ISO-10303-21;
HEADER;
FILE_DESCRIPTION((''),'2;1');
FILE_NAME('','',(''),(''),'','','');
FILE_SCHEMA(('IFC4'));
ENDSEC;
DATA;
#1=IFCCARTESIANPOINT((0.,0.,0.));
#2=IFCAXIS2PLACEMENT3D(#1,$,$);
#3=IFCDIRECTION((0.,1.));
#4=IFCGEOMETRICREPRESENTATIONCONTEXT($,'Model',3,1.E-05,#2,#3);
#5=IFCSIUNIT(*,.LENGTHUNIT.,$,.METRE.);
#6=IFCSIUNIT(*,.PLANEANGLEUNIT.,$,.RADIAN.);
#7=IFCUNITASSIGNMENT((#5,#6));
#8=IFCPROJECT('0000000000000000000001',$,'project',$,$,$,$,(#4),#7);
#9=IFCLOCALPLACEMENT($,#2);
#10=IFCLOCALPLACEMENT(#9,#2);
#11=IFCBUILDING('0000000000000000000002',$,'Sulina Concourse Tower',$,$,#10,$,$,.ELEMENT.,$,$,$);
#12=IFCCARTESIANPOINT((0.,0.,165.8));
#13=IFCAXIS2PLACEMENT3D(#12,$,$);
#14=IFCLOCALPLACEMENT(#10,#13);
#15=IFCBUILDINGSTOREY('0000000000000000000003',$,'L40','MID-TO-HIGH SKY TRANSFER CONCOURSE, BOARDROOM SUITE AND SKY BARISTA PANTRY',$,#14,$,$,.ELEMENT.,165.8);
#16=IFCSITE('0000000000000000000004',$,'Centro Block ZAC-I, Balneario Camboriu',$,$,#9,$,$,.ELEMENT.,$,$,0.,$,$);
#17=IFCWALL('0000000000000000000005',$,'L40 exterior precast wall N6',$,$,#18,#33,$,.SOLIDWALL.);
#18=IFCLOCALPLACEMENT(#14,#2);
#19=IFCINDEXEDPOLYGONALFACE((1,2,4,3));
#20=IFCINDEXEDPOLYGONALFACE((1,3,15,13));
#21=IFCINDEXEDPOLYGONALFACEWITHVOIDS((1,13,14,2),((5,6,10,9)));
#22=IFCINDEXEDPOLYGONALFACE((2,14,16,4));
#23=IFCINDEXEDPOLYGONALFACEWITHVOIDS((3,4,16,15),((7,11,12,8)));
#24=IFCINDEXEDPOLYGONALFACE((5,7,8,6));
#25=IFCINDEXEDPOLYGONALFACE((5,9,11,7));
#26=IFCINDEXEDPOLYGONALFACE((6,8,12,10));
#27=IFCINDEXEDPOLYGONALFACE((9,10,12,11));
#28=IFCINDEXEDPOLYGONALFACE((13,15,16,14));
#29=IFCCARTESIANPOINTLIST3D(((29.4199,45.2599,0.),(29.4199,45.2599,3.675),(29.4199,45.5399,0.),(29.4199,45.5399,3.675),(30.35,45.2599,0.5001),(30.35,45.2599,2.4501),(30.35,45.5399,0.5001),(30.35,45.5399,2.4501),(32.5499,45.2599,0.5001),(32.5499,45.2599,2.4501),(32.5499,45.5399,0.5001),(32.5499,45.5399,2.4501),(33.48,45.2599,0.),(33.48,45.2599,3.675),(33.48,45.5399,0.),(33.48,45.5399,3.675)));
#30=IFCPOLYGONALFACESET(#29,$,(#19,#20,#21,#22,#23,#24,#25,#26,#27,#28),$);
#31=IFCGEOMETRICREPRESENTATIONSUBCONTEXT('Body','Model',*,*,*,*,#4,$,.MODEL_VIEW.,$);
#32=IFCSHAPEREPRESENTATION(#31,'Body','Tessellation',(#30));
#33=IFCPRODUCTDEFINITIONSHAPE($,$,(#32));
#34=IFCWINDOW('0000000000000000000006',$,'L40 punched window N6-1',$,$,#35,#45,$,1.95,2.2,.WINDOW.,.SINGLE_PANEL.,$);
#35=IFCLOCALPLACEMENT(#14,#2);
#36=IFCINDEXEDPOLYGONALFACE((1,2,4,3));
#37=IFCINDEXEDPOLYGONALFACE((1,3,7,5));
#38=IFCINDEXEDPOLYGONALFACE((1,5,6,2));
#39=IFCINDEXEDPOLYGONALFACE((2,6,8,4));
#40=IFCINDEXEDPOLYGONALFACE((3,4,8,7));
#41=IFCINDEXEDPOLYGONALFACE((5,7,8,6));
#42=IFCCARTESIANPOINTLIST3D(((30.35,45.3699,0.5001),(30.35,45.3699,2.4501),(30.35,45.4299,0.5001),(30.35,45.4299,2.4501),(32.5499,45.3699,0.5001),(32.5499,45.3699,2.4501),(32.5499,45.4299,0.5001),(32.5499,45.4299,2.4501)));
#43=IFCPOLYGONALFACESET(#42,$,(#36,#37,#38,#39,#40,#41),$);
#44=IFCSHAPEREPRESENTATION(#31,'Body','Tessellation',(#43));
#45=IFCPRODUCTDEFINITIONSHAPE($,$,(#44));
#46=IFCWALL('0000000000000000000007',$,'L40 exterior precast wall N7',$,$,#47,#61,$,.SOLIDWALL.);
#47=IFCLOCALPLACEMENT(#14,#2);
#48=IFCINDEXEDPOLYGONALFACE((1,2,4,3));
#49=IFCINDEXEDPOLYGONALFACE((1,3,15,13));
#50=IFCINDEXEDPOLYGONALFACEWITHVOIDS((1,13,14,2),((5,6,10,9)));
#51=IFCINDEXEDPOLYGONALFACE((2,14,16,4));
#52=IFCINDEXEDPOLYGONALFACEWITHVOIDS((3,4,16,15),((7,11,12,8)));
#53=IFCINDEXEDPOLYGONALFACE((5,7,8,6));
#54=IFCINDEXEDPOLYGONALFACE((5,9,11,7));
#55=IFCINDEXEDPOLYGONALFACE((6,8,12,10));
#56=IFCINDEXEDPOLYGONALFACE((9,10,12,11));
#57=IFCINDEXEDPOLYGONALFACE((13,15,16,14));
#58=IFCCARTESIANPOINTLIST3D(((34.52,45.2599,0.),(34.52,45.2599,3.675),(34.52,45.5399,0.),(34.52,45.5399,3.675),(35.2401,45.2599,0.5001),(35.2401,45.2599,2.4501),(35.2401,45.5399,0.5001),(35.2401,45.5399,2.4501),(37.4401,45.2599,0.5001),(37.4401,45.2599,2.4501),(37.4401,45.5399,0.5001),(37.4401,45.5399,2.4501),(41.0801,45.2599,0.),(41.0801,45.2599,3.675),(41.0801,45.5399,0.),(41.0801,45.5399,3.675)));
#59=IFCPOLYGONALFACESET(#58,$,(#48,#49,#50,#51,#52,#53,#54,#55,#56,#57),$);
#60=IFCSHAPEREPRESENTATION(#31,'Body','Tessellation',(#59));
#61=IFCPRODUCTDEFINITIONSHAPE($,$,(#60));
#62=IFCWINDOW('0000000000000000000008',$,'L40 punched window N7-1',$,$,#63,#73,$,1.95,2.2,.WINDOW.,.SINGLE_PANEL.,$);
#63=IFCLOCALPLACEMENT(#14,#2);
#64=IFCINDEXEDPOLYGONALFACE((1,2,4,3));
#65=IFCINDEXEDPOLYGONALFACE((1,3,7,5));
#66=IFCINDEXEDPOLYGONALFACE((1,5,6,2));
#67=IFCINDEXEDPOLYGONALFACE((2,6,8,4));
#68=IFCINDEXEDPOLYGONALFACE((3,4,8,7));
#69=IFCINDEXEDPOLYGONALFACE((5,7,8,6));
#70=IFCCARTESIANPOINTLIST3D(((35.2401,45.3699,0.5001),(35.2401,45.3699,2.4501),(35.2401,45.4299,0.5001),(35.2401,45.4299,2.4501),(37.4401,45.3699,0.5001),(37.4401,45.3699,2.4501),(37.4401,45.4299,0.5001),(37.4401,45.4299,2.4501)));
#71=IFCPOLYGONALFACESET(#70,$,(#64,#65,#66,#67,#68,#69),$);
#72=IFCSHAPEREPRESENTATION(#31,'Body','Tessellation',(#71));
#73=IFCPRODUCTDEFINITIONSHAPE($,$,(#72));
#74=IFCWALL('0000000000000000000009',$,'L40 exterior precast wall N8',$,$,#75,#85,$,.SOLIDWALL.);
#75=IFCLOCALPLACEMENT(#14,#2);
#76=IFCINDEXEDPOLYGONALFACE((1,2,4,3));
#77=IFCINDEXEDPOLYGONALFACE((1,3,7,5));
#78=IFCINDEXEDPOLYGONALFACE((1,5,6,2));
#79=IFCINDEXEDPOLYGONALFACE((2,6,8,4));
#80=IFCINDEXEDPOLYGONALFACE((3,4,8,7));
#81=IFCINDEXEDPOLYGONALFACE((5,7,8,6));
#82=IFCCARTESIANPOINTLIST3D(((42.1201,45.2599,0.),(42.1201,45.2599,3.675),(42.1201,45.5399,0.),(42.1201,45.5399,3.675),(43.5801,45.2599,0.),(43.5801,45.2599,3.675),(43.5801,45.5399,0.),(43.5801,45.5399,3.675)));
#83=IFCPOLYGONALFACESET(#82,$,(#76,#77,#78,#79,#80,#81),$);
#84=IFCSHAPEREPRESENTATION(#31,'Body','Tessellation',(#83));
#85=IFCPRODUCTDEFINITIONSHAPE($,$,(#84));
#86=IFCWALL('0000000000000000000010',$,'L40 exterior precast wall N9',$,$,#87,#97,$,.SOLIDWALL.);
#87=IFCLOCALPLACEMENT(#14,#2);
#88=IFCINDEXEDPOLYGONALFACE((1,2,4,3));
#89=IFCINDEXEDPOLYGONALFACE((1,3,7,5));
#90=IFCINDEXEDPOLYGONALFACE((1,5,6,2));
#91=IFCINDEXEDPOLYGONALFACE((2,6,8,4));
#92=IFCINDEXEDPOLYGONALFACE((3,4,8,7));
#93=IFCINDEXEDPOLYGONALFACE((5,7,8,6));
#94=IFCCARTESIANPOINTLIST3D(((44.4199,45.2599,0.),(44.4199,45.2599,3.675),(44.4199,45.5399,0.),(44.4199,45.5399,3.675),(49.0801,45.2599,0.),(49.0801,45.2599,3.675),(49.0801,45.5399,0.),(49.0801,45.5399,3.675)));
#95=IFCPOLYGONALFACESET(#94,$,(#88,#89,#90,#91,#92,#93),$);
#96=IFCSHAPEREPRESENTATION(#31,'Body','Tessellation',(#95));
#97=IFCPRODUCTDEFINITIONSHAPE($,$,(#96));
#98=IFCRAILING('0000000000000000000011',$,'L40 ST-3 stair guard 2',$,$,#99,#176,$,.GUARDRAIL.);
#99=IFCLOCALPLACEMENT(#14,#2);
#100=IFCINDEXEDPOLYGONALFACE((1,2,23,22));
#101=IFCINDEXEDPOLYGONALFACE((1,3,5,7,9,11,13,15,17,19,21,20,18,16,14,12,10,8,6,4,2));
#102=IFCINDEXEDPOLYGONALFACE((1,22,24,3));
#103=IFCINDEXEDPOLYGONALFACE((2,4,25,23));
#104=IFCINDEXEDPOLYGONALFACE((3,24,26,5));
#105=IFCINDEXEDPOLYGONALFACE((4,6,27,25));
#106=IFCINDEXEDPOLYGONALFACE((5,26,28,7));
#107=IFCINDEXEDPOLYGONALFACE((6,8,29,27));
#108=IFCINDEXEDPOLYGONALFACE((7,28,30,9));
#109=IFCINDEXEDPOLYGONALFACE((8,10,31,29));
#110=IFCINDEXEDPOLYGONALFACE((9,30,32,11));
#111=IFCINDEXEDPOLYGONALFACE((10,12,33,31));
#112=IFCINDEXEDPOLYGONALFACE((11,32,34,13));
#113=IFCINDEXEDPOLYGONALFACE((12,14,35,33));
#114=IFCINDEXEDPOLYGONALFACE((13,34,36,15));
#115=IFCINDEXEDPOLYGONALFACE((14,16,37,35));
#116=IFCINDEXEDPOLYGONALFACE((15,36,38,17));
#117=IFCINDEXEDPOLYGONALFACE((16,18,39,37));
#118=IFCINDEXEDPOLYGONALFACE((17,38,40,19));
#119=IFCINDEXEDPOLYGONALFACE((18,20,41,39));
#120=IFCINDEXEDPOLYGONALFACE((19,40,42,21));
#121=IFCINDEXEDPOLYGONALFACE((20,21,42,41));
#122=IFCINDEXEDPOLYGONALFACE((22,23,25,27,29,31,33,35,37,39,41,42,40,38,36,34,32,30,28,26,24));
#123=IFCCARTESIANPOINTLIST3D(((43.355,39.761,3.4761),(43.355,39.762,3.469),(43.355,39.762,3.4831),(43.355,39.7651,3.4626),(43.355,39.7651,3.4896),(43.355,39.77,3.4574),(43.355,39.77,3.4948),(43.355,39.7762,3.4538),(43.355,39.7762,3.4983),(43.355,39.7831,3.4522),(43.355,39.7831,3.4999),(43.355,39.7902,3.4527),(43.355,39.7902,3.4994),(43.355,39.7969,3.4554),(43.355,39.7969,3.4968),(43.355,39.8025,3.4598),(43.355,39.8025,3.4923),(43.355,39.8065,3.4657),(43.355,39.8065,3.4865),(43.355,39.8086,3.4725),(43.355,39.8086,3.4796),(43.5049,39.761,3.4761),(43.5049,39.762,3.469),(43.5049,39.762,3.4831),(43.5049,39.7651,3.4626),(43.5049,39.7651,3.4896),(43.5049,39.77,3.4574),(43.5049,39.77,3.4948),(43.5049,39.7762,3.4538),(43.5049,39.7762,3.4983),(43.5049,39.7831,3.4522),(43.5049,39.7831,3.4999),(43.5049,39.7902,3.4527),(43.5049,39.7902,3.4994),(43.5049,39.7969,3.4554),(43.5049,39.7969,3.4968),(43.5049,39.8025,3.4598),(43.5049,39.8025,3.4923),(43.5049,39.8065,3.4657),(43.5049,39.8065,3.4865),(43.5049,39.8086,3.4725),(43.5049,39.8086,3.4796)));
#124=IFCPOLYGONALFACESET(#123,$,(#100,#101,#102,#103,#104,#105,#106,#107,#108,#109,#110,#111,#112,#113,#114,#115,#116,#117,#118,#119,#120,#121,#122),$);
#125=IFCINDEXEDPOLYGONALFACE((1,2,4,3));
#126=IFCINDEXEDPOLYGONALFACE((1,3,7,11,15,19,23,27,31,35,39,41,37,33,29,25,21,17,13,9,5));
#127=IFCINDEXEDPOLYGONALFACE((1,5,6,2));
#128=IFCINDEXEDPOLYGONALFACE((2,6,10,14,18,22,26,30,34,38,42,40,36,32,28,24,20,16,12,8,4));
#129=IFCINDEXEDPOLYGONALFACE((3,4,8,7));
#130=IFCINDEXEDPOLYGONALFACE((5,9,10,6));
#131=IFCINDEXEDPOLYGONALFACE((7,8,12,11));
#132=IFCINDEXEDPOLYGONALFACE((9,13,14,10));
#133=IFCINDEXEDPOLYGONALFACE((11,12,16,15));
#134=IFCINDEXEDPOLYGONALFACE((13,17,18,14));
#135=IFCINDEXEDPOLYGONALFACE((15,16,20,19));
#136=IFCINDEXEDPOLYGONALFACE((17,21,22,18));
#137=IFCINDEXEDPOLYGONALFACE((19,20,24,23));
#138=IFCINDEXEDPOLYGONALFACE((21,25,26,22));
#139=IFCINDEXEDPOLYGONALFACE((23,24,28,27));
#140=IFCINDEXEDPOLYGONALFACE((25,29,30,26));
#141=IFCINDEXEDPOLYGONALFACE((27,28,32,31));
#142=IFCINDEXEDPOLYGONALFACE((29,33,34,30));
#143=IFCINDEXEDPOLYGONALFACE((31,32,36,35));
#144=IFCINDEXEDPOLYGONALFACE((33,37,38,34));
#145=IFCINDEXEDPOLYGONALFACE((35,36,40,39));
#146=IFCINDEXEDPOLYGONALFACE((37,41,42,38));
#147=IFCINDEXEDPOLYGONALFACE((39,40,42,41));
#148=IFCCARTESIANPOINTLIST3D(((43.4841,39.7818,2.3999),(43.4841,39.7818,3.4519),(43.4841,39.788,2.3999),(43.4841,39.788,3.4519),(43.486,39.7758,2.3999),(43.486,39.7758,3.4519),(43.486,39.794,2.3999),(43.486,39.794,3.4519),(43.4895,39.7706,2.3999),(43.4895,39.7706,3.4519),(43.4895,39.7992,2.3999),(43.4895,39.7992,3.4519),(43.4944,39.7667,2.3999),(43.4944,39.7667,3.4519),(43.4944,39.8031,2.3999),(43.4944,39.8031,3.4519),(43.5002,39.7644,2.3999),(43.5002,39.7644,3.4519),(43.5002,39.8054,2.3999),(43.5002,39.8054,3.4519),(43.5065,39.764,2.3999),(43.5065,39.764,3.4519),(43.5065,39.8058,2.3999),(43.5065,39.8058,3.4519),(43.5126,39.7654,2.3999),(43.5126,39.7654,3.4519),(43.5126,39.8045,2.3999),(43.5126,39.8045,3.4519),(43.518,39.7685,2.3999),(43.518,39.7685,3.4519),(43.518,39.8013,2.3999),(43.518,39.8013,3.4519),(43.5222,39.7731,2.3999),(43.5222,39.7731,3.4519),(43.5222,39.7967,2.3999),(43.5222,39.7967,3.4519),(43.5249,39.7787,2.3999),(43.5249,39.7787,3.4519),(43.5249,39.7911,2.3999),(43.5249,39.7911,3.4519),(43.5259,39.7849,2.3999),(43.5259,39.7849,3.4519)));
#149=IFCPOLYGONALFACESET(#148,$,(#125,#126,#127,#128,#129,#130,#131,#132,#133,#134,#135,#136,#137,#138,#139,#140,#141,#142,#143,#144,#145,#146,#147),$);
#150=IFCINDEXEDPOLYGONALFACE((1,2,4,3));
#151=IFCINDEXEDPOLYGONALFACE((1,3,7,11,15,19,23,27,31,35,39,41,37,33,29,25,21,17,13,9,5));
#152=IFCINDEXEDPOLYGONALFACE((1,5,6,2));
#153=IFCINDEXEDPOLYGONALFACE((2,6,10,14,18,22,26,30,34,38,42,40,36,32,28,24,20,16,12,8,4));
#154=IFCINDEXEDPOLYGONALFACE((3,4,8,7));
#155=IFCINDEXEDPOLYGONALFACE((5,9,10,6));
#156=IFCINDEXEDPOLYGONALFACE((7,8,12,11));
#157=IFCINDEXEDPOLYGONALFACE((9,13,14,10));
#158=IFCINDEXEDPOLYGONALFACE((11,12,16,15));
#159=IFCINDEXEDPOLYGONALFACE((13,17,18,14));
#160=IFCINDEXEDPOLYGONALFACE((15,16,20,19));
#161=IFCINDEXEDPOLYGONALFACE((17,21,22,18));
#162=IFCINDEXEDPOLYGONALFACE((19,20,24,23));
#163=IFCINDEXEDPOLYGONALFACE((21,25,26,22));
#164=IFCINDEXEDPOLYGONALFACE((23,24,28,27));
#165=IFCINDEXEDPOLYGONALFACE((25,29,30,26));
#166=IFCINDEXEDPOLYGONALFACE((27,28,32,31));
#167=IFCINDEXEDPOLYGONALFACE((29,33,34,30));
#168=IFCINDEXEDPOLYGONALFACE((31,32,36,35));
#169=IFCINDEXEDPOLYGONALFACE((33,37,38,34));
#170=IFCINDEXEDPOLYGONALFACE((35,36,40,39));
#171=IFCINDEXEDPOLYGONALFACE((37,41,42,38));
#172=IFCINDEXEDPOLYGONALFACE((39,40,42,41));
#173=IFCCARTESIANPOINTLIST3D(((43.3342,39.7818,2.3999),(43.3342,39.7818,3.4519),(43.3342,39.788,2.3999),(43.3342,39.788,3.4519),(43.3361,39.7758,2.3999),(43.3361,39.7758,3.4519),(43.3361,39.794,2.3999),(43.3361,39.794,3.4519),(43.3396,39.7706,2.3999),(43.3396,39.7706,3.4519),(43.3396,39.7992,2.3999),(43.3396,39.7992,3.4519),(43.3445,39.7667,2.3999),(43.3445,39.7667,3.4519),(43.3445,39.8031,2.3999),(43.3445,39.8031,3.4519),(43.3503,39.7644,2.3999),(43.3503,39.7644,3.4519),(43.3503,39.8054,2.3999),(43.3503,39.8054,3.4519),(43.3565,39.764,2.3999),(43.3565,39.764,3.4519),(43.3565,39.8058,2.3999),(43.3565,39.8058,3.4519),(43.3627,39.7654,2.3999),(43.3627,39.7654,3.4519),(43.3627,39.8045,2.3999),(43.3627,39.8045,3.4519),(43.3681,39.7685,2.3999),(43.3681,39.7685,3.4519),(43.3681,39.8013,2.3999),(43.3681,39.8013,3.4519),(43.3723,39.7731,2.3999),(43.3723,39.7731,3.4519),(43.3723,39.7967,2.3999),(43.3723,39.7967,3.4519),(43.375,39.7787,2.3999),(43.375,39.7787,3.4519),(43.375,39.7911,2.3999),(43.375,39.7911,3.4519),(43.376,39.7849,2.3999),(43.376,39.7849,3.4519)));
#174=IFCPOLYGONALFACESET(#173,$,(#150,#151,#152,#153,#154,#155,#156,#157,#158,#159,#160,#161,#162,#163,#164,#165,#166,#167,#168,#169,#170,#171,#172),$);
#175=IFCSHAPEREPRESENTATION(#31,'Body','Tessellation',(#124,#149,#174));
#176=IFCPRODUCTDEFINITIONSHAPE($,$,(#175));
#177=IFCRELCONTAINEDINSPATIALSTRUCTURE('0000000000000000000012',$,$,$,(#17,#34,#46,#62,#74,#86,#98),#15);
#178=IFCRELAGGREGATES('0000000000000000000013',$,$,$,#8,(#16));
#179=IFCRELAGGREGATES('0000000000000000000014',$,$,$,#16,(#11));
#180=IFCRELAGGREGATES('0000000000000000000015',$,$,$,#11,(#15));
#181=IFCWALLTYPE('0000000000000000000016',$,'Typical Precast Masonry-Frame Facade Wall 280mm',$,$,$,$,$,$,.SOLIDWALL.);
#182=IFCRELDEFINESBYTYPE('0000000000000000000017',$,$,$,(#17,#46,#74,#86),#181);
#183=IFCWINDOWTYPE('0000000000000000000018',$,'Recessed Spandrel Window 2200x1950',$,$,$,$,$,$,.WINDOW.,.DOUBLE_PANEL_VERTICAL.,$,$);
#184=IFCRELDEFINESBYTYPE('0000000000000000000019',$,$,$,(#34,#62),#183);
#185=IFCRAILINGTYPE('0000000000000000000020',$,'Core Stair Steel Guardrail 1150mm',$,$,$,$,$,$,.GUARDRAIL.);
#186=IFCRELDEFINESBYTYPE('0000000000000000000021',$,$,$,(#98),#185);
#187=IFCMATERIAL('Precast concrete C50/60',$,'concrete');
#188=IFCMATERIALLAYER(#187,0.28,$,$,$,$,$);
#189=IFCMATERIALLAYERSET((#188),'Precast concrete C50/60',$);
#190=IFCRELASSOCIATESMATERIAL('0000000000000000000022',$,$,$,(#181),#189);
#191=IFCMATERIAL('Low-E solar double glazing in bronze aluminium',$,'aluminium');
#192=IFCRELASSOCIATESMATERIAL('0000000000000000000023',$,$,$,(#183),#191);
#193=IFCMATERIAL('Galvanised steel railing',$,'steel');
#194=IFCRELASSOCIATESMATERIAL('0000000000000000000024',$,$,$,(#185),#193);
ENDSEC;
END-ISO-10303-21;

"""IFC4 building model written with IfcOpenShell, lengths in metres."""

from ifc_helpers import new_model, si_unit, direction, frame, frame_2d, origin, origin_2d, place, context, subcontext, project, spatial, rectangle, circle, extrude, material, layer, layer_set, type_object, element, fill, save


model = new_model("IFC4")

# Units and contexts
model_context = context("Model", 3, precision=1e-05, world=origin(), true_north=direction((0.0, 1.0)))
body_context = subcontext(model_context, "Body", "Model", "MODEL_VIEW")
ifc_project = project(units=[si_unit("LENGTHUNIT", "METRE"), si_unit("PLANEANGLEUNIT", "RADIAN")], contexts=[model_context])

# Site, building, storey
site_placement = place(None, origin())
site = spatial("IfcSite", under=ifc_project, at=site_placement, Name="Centro Block ZAC-I, Balneario Camboriu", CompositionType="ELEMENT", RefElevation=0.0)
building_placement = place(site_placement, origin())
building = spatial("IfcBuilding", under=site, at=building_placement, Name="Sulina Concourse Tower", CompositionType="ELEMENT")
storey_placement = place(building_placement, frame((0.0, 0.0, 165.8)))
storey = spatial("IfcBuildingStorey", under=building, at=storey_placement, Name="L40", Description="MID-TO-HIGH SKY TRANSFER CONCOURSE, BOARDROOM SUITE AND SKY BARISTA PANTRY", CompositionType="ELEMENT", Elevation=165.8)

# Shared definitions
ifc_material_1 = material(Name="Precast concrete C50/60", Category="concrete")
ifc_layer_1 = layer(ifc_material_1, 0.28)
ifc_layer_set_1 = layer_set([ifc_layer_1], Name="Precast concrete C50/60")
wall_type_1 = type_object("IfcWallType", Name="Typical Precast Masonry-Frame Facade Wall 280mm", PredefinedType="SOLIDWALL", material=ifc_layer_set_1)

# Walls, openings, windows
wall_1_placement = place(storey_placement, frame((29.4199, 45.3999, 0.0), z_axis=(0.0, 0.0, 1.0), x_axis=(1.0, 0.0, 0.0)))
wall_1 = element("IfcWall", 1, at=wall_1_placement, inside=storey, type_object=wall_type_1, Name="L40 exterior precast wall N6", PredefinedType="SOLIDWALL", context=body_context, shape_type="SweptSolid", body=[
    extrude(rectangle(XDim=4.0601, YDim=0.28, at=frame_2d((2.03, 0.0))), origin(), (0.0, 0.0, 1.0), 3.675),
])
opening_1_placement = place(wall_1_placement, frame((0.9299, 0.0, 0.5)))
opening_1 = element("IfcOpeningElement", 2, at=opening_1_placement, cuts=wall_1, PredefinedType="OPENING", context=body_context, shape_type="SweptSolid", body=[
    extrude(rectangle(XDim=2.2, YDim=1.95, at=frame_2d((1.1001, 0.9751))), frame((0.0, 0.1499, 0.0), z_axis=(0.0, -1.0, 0.0), x_axis=(1.0, 0.0, 0.0)), (0.0, 0.0, 1.0), 0.3),
])
ifc_material_2 = material(Name="Low-E solar double glazing in bronze aluminium", Category="aluminium")
window_type = type_object("IfcWindowType", Name="Recessed Spandrel Window 2200x1950", PartitioningType="DOUBLE_PANEL_VERTICAL", PredefinedType="WINDOW", material=ifc_material_2)
window_1_placement = place(opening_1_placement, origin())
window_1 = element("IfcWindow", 3, at=window_1_placement, inside=storey, type_object=window_type, Name="L40 punched window N6-1", OverallHeight=1.95, OverallWidth=2.2, PartitioningType="SINGLE_PANEL", PredefinedType="WINDOW", context=body_context, shape_type="SweptSolid", body=[
    extrude(rectangle(XDim=2.2, YDim=1.95, at=frame_2d((1.1001, 0.9751))), frame((0.0, 0.03, 0.0), z_axis=(0.0, -1.0, 0.0), x_axis=(1.0, 0.0, 0.0)), (0.0, 0.0, 1.0), 0.0601),
])
fill(opening_1, window_1)
wall_2_placement = place(storey_placement, frame((34.52, 45.3999, 0.0), z_axis=(0.0, 0.0, 1.0), x_axis=(1.0, 0.0, 0.0)))
wall_2 = element("IfcWall", 4, at=wall_2_placement, inside=storey, type_object=wall_type_1, Name="L40 exterior precast wall N7", PredefinedType="SOLIDWALL", context=body_context, shape_type="SweptSolid", body=[
    extrude(rectangle(XDim=6.5601, YDim=0.28, at=frame_2d((3.28, 0.0))), origin(), (0.0, 0.0, 1.0), 3.675),
])
opening_2_placement = place(wall_2_placement, frame((0.72, 0.0, 0.5)))
opening_2 = element("IfcOpeningElement", 5, at=opening_2_placement, cuts=wall_2, PredefinedType="OPENING", context=body_context, shape_type="SweptSolid", body=[
    extrude(rectangle(XDim=2.2, YDim=1.95, at=frame_2d((1.1001, 0.9751))), frame((0.0, 0.1499, 0.0), z_axis=(0.0, -1.0, 0.0), x_axis=(1.0, 0.0, 0.0)), (0.0, 0.0, 1.0), 0.3),
])
window_2_placement = place(opening_2_placement, origin())
window_2 = element("IfcWindow", 6, at=window_2_placement, inside=storey, type_object=window_type, Name="L40 punched window N7-1", OverallHeight=1.95, OverallWidth=2.2, PartitioningType="SINGLE_PANEL", PredefinedType="WINDOW", context=body_context, shape_type="SweptSolid", body=[
    extrude(rectangle(XDim=2.2, YDim=1.95, at=frame_2d((1.1001, 0.9751))), frame((0.0, 0.03, 0.0), z_axis=(0.0, -1.0, 0.0), x_axis=(1.0, 0.0, 0.0)), (0.0, 0.0, 1.0), 0.0601),
])
fill(opening_2, window_2)

# Walls
wall_3_placement = place(storey_placement, frame((42.1201, 45.3999, 0.0), z_axis=(0.0, 0.0, 1.0), x_axis=(1.0, 0.0, 0.0)))
element("IfcWall", 7, at=wall_3_placement, inside=storey, type_object=wall_type_1, Name="L40 exterior precast wall N8", PredefinedType="SOLIDWALL", context=body_context, shape_type="SweptSolid", body=[
    extrude(rectangle(XDim=1.46, YDim=0.28, at=frame_2d((0.73, 0.0))), origin(), (0.0, 0.0, 1.0), 3.675),
])
wall_4_placement = place(storey_placement, frame((44.4199, 45.3999, 0.0), z_axis=(0.0, 0.0, 1.0), x_axis=(1.0, 0.0, 0.0)))
element("IfcWall", 8, at=wall_4_placement, inside=storey, type_object=wall_type_1, Name="L40 exterior precast wall N9", PredefinedType="SOLIDWALL", context=body_context, shape_type="SweptSolid", body=[
    extrude(rectangle(XDim=4.6602, YDim=0.28, at=frame_2d((2.3301, 0.0))), origin(), (0.0, 0.0, 1.0), 3.675),
])

# Railing
ifc_material_3 = material(Name="Galvanised steel railing", Category="steel")
railing_type = type_object("IfcRailingType", Name="Core Stair Steel Guardrail 1150mm", PredefinedType="GUARDRAIL", material=ifc_material_3)
railing_placement = place(storey_placement, frame((43.5049, 39.7849, 2.3999)))
element("IfcRailing", 9, at=railing_placement, inside=storey, type_object=railing_type, Name="L40 ST-3 stair guard 2", PredefinedType="GUARDRAIL", context=body_context, shape_type="SweptSolid", body=[
    extrude(circle(Radius=0.0239, at=origin_2d()), frame((0.0, 0.0, 1.0762), z_axis=(-1.0, 0.0, 0.0), x_axis=(0.0, -1.0, 0.0)), (0.0, 0.0, 1.0), 0.1499),
    extrude(circle(Radius=0.021, at=origin_2d()), origin(), (0.0, 0.0, 1.0), 1.052),
    extrude(circle(Radius=0.021, at=origin_2d()), frame((-0.1499, 0.0, 0.0)), (0.0, 0.0, 1.0), 1.052),
])

save(model, "model.ifc")
